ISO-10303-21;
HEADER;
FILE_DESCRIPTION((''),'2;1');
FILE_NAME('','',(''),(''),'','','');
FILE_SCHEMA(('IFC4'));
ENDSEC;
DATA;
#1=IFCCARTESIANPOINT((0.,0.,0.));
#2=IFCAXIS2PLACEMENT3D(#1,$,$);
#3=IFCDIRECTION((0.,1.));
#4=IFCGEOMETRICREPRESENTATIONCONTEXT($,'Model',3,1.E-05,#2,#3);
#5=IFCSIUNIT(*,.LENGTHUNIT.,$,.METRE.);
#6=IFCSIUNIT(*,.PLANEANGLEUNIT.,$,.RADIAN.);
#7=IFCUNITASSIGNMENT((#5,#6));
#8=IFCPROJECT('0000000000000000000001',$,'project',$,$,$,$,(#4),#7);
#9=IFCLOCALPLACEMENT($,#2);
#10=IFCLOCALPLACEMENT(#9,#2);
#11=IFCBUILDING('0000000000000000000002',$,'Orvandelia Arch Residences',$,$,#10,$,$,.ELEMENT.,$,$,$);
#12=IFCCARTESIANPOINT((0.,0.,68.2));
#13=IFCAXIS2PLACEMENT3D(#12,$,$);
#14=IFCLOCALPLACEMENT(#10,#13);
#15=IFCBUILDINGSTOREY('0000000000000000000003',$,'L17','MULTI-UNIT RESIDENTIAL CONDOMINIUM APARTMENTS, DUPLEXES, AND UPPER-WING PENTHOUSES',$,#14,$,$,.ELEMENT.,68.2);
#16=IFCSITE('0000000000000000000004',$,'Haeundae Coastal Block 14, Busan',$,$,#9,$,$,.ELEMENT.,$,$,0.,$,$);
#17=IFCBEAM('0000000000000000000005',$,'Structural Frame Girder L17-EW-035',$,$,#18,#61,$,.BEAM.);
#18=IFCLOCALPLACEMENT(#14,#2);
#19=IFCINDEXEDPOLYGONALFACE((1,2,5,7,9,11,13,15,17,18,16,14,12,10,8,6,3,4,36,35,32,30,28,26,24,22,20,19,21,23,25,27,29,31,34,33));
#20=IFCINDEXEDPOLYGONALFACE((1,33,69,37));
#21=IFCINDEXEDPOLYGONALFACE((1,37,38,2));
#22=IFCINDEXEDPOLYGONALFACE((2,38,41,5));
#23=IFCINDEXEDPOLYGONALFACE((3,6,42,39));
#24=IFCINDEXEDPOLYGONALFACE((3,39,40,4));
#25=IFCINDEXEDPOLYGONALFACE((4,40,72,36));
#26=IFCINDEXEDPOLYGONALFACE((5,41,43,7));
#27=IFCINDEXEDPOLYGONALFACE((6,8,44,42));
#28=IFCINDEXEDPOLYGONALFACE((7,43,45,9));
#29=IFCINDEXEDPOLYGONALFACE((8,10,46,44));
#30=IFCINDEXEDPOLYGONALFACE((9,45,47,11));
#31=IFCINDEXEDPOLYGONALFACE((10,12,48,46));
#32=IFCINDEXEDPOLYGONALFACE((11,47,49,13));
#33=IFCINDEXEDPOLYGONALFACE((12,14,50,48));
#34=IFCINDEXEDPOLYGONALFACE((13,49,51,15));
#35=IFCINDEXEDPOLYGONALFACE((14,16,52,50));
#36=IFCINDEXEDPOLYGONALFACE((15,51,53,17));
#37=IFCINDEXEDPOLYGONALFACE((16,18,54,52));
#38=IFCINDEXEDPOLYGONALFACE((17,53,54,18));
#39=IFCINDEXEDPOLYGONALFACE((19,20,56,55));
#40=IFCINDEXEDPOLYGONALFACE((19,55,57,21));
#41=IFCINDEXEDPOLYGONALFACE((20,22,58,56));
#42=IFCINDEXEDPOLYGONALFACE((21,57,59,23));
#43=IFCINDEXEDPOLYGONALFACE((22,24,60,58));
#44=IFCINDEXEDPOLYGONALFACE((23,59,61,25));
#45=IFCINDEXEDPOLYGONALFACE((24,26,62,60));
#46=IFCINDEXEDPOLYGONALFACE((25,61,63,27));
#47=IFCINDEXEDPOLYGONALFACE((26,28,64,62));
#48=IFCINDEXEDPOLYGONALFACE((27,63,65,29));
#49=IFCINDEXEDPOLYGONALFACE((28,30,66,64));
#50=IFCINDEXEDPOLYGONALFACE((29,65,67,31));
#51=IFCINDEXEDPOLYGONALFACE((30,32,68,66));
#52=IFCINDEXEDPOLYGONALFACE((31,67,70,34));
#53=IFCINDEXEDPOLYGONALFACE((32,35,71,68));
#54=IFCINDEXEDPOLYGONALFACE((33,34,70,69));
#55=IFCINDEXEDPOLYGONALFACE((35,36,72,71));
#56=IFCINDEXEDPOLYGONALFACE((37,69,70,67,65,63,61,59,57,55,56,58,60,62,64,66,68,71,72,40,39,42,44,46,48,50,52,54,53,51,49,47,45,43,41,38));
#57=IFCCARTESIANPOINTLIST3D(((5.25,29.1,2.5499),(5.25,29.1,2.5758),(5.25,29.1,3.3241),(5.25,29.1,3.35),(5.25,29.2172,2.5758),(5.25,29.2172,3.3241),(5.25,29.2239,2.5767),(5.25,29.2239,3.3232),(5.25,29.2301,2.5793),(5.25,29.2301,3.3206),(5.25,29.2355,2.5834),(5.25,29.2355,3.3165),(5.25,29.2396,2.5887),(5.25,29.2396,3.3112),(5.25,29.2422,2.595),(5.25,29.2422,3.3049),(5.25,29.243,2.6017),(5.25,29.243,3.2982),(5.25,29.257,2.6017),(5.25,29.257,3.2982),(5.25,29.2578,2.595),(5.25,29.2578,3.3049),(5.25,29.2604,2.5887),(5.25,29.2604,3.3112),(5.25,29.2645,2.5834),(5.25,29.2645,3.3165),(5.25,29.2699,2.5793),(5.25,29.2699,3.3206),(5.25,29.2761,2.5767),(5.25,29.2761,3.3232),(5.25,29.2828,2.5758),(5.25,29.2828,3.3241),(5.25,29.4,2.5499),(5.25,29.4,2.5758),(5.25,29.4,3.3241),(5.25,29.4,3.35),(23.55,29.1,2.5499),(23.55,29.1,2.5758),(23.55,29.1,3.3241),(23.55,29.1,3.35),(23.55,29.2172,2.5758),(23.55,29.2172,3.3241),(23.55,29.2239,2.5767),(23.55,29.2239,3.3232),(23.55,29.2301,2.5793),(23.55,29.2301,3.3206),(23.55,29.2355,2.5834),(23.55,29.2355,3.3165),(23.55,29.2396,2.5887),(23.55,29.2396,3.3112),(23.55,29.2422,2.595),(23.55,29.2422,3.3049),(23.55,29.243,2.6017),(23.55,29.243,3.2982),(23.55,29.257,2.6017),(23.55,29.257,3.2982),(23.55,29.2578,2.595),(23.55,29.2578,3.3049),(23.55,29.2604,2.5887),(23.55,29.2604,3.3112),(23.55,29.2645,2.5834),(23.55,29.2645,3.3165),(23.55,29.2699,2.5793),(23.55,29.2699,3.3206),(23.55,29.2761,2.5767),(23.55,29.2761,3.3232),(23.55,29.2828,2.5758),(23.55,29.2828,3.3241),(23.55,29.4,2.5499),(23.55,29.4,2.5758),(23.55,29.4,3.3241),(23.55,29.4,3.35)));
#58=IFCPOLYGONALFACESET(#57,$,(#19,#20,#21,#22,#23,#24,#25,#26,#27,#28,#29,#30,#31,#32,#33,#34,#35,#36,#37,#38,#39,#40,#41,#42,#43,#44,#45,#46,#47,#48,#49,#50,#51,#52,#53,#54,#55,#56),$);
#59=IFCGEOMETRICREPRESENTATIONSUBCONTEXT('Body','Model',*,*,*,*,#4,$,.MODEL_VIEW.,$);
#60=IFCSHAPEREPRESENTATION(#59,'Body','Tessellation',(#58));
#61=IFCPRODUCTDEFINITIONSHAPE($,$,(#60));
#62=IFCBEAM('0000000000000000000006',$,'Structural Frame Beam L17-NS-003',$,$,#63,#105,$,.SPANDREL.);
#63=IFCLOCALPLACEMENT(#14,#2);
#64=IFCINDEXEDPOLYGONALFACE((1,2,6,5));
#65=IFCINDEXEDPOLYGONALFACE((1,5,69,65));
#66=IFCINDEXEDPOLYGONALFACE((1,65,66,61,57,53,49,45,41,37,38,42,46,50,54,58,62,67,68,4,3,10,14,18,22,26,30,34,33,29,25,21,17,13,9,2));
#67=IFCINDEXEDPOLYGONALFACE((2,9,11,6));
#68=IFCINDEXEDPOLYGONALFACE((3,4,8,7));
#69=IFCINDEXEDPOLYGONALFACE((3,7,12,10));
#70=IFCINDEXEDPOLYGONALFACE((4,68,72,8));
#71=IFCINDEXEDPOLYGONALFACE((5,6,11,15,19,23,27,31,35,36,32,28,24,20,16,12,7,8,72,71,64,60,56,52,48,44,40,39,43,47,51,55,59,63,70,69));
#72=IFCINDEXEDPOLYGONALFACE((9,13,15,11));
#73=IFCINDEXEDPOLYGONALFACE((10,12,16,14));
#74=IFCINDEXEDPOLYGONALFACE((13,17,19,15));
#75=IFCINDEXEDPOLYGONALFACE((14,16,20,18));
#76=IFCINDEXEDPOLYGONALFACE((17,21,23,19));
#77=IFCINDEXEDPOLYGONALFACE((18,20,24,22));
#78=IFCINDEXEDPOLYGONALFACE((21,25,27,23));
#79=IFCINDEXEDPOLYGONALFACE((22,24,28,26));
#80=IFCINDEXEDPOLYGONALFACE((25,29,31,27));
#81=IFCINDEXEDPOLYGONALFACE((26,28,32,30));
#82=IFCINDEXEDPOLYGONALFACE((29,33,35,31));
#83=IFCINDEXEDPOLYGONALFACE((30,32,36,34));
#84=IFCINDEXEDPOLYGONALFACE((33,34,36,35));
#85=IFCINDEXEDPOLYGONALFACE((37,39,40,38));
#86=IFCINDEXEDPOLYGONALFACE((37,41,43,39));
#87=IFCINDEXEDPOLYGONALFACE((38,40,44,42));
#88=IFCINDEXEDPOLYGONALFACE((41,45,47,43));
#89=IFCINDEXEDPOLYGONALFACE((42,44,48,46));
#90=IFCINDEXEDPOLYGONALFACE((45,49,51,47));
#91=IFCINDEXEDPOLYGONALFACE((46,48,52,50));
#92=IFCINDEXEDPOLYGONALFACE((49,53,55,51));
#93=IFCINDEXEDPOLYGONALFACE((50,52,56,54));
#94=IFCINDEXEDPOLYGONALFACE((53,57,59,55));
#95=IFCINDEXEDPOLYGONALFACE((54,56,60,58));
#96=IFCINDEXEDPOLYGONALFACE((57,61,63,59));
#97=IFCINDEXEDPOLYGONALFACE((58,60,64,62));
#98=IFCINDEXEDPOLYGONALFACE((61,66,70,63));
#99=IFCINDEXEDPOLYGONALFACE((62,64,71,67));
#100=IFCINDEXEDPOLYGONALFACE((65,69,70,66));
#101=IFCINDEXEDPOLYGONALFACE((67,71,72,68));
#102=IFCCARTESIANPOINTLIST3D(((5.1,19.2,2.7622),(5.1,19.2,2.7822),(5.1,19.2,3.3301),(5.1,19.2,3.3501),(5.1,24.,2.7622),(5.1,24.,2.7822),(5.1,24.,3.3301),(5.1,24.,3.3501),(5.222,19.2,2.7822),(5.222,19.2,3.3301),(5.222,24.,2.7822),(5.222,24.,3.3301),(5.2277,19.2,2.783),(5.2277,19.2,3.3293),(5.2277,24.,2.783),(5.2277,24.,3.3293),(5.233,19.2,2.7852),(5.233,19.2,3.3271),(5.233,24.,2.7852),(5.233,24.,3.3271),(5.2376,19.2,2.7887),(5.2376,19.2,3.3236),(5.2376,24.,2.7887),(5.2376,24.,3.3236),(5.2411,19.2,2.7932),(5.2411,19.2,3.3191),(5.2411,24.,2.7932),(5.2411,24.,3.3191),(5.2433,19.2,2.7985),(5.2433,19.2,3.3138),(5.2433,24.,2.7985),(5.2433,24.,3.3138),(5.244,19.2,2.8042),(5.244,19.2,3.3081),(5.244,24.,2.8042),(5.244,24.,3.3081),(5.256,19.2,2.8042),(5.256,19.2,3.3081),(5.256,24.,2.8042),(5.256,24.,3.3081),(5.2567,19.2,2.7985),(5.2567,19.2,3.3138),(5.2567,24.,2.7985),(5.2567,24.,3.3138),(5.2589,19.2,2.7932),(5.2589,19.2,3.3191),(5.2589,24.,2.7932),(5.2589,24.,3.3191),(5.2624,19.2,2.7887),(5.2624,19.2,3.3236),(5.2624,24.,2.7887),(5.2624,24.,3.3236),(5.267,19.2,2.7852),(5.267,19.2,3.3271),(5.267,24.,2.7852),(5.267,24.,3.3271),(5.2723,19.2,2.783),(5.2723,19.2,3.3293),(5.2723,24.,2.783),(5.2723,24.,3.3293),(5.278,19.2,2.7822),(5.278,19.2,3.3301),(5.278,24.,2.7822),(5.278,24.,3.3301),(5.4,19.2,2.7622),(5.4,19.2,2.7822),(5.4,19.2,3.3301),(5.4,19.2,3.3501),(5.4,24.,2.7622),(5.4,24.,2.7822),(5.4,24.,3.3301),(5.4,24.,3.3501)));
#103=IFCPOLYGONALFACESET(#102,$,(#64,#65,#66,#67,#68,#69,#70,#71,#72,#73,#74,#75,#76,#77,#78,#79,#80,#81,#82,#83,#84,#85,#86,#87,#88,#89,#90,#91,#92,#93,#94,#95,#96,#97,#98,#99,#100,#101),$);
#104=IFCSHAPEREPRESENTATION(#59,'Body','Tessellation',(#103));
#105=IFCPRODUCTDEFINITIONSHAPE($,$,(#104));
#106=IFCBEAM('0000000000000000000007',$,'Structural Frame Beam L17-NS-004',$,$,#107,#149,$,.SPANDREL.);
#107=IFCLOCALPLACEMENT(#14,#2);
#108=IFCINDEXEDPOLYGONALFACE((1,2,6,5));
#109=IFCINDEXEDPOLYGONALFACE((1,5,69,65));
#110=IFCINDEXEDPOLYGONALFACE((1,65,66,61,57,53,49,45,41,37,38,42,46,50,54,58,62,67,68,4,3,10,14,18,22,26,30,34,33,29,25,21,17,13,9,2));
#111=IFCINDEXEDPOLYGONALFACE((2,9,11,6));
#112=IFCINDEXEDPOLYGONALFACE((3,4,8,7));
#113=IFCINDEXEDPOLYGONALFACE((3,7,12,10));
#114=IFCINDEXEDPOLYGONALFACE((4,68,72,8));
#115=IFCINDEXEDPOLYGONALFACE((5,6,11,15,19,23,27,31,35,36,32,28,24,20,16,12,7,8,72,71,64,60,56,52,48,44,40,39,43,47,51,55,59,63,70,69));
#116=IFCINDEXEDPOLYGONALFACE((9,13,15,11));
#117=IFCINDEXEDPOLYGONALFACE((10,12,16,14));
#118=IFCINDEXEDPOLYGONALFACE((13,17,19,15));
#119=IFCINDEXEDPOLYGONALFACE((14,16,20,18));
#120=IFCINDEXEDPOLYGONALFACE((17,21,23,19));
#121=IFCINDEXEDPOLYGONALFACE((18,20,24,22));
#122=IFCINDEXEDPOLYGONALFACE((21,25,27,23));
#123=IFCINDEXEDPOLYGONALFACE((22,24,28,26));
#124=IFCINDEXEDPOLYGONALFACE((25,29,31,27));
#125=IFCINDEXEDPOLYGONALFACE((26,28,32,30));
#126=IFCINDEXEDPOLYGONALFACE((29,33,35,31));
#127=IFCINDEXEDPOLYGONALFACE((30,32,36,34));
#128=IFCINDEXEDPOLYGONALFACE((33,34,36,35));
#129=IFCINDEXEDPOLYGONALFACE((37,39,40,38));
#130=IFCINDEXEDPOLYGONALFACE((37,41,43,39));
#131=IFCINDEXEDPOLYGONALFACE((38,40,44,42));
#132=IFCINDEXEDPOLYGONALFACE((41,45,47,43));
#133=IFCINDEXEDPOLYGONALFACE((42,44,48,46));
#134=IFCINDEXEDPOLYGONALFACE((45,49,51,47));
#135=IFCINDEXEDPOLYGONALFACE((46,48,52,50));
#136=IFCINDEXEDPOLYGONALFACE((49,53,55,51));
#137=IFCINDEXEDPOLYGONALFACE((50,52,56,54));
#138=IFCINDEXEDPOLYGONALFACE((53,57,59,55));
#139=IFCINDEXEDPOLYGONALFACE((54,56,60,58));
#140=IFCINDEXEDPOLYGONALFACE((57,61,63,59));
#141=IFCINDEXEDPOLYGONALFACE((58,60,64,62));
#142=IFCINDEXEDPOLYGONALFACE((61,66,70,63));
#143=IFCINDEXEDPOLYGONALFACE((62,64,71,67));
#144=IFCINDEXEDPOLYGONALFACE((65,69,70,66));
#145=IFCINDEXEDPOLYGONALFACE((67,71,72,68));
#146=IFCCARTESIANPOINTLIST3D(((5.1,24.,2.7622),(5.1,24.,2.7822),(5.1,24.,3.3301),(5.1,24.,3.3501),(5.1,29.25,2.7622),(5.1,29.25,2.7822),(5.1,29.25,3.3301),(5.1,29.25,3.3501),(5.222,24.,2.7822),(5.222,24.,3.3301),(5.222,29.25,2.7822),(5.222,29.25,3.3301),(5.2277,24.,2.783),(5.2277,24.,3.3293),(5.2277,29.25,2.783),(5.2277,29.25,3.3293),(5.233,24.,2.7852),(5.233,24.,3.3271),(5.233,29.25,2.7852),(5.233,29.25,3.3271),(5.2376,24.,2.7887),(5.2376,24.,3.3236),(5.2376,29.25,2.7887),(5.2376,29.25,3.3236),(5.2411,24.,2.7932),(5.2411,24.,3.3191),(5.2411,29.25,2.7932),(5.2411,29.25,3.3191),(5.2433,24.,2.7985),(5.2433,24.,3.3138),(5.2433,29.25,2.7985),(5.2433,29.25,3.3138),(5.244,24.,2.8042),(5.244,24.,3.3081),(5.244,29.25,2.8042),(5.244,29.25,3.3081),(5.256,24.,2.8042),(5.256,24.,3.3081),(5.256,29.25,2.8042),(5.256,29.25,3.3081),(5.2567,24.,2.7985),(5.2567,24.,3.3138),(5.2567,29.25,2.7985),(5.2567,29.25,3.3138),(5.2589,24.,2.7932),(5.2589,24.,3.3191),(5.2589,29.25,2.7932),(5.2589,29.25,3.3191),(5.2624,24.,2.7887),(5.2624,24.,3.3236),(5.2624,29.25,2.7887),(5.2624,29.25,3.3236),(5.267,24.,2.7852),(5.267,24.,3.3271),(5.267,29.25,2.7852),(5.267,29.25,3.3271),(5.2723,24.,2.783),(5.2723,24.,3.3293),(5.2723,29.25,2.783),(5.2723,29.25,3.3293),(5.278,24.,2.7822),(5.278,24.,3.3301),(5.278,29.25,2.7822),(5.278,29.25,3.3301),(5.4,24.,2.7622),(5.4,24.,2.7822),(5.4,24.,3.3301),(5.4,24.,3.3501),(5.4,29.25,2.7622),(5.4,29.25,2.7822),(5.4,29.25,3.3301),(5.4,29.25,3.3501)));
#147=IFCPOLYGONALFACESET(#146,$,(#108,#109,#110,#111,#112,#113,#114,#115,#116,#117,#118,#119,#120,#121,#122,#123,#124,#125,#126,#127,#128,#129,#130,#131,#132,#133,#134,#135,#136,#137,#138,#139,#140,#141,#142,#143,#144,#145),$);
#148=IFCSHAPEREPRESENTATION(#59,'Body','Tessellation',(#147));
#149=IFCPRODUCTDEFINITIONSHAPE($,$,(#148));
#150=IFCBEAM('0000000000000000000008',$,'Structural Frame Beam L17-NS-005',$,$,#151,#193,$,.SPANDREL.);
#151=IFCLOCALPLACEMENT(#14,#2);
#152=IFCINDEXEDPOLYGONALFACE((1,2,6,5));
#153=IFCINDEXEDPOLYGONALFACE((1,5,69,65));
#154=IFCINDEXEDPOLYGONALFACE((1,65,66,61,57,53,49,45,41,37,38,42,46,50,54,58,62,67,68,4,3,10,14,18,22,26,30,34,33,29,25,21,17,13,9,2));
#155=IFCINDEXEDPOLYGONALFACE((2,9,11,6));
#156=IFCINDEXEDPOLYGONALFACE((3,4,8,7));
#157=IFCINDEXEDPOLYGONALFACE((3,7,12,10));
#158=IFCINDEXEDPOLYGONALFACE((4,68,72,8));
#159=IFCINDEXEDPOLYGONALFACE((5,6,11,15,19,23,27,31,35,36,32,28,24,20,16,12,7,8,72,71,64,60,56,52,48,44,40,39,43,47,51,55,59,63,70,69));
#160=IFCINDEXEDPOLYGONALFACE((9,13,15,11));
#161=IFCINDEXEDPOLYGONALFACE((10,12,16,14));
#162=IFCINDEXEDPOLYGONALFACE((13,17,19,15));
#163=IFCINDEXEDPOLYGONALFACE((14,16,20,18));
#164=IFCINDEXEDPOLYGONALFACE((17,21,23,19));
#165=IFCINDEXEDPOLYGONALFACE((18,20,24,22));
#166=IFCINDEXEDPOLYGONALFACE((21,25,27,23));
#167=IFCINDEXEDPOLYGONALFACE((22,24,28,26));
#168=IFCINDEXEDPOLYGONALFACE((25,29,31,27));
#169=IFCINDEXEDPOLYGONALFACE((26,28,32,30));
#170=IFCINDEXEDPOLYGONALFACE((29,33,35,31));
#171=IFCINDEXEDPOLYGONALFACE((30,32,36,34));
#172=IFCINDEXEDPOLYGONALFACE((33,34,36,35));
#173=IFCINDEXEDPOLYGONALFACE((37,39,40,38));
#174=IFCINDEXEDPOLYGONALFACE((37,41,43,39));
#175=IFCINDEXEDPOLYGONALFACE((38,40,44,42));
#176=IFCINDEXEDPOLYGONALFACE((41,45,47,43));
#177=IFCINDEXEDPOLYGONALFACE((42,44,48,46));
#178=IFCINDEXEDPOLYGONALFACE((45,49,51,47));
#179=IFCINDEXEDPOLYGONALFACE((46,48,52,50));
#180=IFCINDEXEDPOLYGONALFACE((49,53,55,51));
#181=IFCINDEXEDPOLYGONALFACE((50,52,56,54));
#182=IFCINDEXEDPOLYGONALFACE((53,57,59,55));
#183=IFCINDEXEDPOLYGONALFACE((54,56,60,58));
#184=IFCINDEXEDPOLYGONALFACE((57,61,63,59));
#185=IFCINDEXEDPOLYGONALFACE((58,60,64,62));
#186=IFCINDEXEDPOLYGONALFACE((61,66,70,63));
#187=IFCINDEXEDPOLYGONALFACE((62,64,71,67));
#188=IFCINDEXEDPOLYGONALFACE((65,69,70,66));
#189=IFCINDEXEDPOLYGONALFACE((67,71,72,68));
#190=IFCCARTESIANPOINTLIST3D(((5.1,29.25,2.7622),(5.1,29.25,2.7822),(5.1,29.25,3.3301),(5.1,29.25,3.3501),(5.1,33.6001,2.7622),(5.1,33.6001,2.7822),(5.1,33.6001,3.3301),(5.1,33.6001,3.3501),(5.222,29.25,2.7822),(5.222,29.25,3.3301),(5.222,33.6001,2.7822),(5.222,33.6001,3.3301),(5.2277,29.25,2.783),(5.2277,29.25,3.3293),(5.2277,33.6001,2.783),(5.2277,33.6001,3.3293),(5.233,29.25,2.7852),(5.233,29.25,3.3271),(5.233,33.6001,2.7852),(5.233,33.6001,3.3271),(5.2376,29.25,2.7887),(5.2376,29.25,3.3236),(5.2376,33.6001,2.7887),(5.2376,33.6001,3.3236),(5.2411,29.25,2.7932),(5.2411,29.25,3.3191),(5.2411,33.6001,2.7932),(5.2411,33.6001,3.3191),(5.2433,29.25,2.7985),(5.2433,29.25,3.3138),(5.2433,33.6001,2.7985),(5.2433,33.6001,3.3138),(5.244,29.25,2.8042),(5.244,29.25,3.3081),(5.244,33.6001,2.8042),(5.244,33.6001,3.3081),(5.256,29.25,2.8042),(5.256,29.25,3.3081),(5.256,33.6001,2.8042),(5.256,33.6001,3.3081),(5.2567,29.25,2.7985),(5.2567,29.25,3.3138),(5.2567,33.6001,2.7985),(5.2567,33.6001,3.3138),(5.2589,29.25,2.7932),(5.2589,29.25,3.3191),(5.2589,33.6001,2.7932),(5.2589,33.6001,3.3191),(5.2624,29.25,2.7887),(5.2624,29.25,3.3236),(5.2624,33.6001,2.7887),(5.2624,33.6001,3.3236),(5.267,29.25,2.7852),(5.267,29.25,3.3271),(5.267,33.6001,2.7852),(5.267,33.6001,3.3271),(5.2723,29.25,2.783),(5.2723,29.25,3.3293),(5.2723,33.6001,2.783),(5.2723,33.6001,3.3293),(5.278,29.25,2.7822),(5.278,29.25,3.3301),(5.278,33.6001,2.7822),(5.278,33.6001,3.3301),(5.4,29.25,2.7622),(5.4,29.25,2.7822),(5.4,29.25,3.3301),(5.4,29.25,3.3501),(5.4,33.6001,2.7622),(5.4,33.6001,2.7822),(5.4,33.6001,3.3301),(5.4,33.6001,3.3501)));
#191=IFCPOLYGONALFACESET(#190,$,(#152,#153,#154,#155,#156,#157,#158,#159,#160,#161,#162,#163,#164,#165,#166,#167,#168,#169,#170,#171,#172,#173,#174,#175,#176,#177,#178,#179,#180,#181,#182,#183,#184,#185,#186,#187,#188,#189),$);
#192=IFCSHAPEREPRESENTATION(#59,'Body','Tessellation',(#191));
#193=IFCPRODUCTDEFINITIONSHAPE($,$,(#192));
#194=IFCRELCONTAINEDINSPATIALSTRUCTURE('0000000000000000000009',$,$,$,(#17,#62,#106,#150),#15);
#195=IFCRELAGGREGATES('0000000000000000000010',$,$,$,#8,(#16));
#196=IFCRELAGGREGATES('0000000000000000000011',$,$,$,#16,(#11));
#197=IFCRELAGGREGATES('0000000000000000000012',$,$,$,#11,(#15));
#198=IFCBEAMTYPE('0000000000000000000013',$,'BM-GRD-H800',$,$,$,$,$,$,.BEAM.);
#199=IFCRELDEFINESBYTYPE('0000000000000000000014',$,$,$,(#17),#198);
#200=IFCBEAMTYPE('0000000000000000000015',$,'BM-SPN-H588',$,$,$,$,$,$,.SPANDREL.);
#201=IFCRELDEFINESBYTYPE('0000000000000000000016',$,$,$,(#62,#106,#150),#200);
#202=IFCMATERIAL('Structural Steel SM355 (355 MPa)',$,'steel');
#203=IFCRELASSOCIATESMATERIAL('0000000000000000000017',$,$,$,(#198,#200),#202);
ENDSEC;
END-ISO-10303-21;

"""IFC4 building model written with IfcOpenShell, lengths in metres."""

from ifc_helpers import new_model, si_unit, direction, frame, origin, origin_2d, place, context, subcontext, project, spatial, i_section, extrude, material, material_profile, profile_set, type_object, element, save


model = new_model("IFC4")

# Units and contexts
model_context = context("Model", 3, precision=1e-05, world=origin(), true_north=direction((0.0, 1.0)))
body_context = subcontext(model_context, "Body", "Model", "MODEL_VIEW")
ifc_project = project(units=[si_unit("LENGTHUNIT", "METRE"), si_unit("PLANEANGLEUNIT", "RADIAN")], contexts=[model_context])

# Site, building, storey
site_placement = place(None, origin())
site = spatial("IfcSite", under=ifc_project, at=site_placement, Name="Haeundae Coastal Block 14, Busan", CompositionType="ELEMENT", RefElevation=0.0)
building_placement = place(site_placement, origin())
building = spatial("IfcBuilding", under=site, at=building_placement, Name="Orvandelia Arch Residences", CompositionType="ELEMENT")
storey_placement = place(building_placement, frame((0.0, 0.0, 68.2)))
storey = spatial("IfcBuildingStorey", under=building, at=storey_placement, Name="L17", Description="MULTI-UNIT RESIDENTIAL CONDOMINIUM APARTMENTS, DUPLEXES, AND UPPER-WING PENTHOUSES", CompositionType="ELEMENT", Elevation=68.2)

# Beams
ifc_material_1 = material(Name="Structural Steel SM355 (355 MPa)", Category="steel")
ifc_material_profile_1 = material_profile(ifc_material_1, i_section(OverallWidth=0.3, OverallDepth=0.8, WebThickness=0.0139, FlangeThickness=0.0259, FilletRadius=0.0259, at=origin_2d()), Name="Structural Steel SM355 (355 MPa)", Category="steel")
ifc_profile_set_1 = profile_set([ifc_material_profile_1], Name="Structural Steel SM355 (355 MPa)")
beam_type_1 = type_object("IfcBeamType", Name="BM-GRD-H800", PredefinedType="BEAM", material=ifc_profile_set_1)
for number, where, z_axis, x_axis, name in (
    (1, (5.25, 29.25, 2.95), (1.0, 0.0, 0.0), (0.0, 1.0, 0.0), "Structural Frame Girder L17-EW-035"),
):
    element("IfcBeam", number, at=place(storey_placement, frame(where, z_axis=z_axis, x_axis=x_axis)), inside=storey, type_object=beam_type_1, Name=name, PredefinedType="BEAM", context=body_context, shape_type="SweptSolid", body=[
        extrude(i_section(OverallWidth=0.3, OverallDepth=0.8, WebThickness=0.0139, FlangeThickness=0.0259, FilletRadius=0.0259, at=origin_2d()), origin(), (0.0, 0.0, 1.0), 18.3),
    ])
ifc_material_profile_2 = material_profile(ifc_material_1, i_section(OverallWidth=0.3, OverallDepth=0.5879, WebThickness=0.012, FlangeThickness=0.02, FilletRadius=0.022, at=origin_2d()), Name="Structural Steel SM355 (355 MPa)", Category="steel")
ifc_profile_set_2 = profile_set([ifc_material_profile_2], Name="Structural Steel SM355 (355 MPa)")
beam_type_2 = type_object("IfcBeamType", Name="BM-SPN-H588", PredefinedType="SPANDREL", material=ifc_profile_set_2)
beam_1_placement = place(storey_placement, frame((5.25, 19.2, 3.0562), z_axis=(0.0, 1.0, 0.0), x_axis=(-1.0, 0.0, 0.0)))
element("IfcBeam", 2, at=beam_1_placement, inside=storey, type_object=beam_type_2, Name="Structural Frame Beam L17-NS-003", PredefinedType="SPANDREL", context=body_context, shape_type="SweptSolid", body=[
    extrude(i_section(OverallWidth=0.3, OverallDepth=0.5879, WebThickness=0.012, FlangeThickness=0.02, FilletRadius=0.022, at=origin_2d()), origin(), (0.0, 0.0, 1.0), 4.8),
])
beam_2_placement = place(storey_placement, frame((5.25, 24.0, 3.0562), z_axis=(0.0, 1.0, 0.0), x_axis=(-1.0, 0.0, 0.0)))
element("IfcBeam", 3, at=beam_2_placement, inside=storey, type_object=beam_type_2, Name="Structural Frame Beam L17-NS-004", PredefinedType="SPANDREL", context=body_context, shape_type="SweptSolid", body=[
    extrude(i_section(OverallWidth=0.3, OverallDepth=0.5879, WebThickness=0.012, FlangeThickness=0.02, FilletRadius=0.022, at=origin_2d()), origin(), (0.0, 0.0, 1.0), 5.25),
])
beam_3_placement = place(storey_placement, frame((5.25, 29.25, 3.0562), z_axis=(0.0, 1.0, 0.0), x_axis=(-1.0, 0.0, 0.0)))
element("IfcBeam", 4, at=beam_3_placement, inside=storey, type_object=beam_type_2, Name="Structural Frame Beam L17-NS-005", PredefinedType="SPANDREL", context=body_context, shape_type="SweptSolid", body=[
    extrude(i_section(OverallWidth=0.3, OverallDepth=0.5879, WebThickness=0.012, FlangeThickness=0.02, FilletRadius=0.022, at=origin_2d()), origin(), (0.0, 0.0, 1.0), 4.3501),
])

save(model, "model.ifc")
